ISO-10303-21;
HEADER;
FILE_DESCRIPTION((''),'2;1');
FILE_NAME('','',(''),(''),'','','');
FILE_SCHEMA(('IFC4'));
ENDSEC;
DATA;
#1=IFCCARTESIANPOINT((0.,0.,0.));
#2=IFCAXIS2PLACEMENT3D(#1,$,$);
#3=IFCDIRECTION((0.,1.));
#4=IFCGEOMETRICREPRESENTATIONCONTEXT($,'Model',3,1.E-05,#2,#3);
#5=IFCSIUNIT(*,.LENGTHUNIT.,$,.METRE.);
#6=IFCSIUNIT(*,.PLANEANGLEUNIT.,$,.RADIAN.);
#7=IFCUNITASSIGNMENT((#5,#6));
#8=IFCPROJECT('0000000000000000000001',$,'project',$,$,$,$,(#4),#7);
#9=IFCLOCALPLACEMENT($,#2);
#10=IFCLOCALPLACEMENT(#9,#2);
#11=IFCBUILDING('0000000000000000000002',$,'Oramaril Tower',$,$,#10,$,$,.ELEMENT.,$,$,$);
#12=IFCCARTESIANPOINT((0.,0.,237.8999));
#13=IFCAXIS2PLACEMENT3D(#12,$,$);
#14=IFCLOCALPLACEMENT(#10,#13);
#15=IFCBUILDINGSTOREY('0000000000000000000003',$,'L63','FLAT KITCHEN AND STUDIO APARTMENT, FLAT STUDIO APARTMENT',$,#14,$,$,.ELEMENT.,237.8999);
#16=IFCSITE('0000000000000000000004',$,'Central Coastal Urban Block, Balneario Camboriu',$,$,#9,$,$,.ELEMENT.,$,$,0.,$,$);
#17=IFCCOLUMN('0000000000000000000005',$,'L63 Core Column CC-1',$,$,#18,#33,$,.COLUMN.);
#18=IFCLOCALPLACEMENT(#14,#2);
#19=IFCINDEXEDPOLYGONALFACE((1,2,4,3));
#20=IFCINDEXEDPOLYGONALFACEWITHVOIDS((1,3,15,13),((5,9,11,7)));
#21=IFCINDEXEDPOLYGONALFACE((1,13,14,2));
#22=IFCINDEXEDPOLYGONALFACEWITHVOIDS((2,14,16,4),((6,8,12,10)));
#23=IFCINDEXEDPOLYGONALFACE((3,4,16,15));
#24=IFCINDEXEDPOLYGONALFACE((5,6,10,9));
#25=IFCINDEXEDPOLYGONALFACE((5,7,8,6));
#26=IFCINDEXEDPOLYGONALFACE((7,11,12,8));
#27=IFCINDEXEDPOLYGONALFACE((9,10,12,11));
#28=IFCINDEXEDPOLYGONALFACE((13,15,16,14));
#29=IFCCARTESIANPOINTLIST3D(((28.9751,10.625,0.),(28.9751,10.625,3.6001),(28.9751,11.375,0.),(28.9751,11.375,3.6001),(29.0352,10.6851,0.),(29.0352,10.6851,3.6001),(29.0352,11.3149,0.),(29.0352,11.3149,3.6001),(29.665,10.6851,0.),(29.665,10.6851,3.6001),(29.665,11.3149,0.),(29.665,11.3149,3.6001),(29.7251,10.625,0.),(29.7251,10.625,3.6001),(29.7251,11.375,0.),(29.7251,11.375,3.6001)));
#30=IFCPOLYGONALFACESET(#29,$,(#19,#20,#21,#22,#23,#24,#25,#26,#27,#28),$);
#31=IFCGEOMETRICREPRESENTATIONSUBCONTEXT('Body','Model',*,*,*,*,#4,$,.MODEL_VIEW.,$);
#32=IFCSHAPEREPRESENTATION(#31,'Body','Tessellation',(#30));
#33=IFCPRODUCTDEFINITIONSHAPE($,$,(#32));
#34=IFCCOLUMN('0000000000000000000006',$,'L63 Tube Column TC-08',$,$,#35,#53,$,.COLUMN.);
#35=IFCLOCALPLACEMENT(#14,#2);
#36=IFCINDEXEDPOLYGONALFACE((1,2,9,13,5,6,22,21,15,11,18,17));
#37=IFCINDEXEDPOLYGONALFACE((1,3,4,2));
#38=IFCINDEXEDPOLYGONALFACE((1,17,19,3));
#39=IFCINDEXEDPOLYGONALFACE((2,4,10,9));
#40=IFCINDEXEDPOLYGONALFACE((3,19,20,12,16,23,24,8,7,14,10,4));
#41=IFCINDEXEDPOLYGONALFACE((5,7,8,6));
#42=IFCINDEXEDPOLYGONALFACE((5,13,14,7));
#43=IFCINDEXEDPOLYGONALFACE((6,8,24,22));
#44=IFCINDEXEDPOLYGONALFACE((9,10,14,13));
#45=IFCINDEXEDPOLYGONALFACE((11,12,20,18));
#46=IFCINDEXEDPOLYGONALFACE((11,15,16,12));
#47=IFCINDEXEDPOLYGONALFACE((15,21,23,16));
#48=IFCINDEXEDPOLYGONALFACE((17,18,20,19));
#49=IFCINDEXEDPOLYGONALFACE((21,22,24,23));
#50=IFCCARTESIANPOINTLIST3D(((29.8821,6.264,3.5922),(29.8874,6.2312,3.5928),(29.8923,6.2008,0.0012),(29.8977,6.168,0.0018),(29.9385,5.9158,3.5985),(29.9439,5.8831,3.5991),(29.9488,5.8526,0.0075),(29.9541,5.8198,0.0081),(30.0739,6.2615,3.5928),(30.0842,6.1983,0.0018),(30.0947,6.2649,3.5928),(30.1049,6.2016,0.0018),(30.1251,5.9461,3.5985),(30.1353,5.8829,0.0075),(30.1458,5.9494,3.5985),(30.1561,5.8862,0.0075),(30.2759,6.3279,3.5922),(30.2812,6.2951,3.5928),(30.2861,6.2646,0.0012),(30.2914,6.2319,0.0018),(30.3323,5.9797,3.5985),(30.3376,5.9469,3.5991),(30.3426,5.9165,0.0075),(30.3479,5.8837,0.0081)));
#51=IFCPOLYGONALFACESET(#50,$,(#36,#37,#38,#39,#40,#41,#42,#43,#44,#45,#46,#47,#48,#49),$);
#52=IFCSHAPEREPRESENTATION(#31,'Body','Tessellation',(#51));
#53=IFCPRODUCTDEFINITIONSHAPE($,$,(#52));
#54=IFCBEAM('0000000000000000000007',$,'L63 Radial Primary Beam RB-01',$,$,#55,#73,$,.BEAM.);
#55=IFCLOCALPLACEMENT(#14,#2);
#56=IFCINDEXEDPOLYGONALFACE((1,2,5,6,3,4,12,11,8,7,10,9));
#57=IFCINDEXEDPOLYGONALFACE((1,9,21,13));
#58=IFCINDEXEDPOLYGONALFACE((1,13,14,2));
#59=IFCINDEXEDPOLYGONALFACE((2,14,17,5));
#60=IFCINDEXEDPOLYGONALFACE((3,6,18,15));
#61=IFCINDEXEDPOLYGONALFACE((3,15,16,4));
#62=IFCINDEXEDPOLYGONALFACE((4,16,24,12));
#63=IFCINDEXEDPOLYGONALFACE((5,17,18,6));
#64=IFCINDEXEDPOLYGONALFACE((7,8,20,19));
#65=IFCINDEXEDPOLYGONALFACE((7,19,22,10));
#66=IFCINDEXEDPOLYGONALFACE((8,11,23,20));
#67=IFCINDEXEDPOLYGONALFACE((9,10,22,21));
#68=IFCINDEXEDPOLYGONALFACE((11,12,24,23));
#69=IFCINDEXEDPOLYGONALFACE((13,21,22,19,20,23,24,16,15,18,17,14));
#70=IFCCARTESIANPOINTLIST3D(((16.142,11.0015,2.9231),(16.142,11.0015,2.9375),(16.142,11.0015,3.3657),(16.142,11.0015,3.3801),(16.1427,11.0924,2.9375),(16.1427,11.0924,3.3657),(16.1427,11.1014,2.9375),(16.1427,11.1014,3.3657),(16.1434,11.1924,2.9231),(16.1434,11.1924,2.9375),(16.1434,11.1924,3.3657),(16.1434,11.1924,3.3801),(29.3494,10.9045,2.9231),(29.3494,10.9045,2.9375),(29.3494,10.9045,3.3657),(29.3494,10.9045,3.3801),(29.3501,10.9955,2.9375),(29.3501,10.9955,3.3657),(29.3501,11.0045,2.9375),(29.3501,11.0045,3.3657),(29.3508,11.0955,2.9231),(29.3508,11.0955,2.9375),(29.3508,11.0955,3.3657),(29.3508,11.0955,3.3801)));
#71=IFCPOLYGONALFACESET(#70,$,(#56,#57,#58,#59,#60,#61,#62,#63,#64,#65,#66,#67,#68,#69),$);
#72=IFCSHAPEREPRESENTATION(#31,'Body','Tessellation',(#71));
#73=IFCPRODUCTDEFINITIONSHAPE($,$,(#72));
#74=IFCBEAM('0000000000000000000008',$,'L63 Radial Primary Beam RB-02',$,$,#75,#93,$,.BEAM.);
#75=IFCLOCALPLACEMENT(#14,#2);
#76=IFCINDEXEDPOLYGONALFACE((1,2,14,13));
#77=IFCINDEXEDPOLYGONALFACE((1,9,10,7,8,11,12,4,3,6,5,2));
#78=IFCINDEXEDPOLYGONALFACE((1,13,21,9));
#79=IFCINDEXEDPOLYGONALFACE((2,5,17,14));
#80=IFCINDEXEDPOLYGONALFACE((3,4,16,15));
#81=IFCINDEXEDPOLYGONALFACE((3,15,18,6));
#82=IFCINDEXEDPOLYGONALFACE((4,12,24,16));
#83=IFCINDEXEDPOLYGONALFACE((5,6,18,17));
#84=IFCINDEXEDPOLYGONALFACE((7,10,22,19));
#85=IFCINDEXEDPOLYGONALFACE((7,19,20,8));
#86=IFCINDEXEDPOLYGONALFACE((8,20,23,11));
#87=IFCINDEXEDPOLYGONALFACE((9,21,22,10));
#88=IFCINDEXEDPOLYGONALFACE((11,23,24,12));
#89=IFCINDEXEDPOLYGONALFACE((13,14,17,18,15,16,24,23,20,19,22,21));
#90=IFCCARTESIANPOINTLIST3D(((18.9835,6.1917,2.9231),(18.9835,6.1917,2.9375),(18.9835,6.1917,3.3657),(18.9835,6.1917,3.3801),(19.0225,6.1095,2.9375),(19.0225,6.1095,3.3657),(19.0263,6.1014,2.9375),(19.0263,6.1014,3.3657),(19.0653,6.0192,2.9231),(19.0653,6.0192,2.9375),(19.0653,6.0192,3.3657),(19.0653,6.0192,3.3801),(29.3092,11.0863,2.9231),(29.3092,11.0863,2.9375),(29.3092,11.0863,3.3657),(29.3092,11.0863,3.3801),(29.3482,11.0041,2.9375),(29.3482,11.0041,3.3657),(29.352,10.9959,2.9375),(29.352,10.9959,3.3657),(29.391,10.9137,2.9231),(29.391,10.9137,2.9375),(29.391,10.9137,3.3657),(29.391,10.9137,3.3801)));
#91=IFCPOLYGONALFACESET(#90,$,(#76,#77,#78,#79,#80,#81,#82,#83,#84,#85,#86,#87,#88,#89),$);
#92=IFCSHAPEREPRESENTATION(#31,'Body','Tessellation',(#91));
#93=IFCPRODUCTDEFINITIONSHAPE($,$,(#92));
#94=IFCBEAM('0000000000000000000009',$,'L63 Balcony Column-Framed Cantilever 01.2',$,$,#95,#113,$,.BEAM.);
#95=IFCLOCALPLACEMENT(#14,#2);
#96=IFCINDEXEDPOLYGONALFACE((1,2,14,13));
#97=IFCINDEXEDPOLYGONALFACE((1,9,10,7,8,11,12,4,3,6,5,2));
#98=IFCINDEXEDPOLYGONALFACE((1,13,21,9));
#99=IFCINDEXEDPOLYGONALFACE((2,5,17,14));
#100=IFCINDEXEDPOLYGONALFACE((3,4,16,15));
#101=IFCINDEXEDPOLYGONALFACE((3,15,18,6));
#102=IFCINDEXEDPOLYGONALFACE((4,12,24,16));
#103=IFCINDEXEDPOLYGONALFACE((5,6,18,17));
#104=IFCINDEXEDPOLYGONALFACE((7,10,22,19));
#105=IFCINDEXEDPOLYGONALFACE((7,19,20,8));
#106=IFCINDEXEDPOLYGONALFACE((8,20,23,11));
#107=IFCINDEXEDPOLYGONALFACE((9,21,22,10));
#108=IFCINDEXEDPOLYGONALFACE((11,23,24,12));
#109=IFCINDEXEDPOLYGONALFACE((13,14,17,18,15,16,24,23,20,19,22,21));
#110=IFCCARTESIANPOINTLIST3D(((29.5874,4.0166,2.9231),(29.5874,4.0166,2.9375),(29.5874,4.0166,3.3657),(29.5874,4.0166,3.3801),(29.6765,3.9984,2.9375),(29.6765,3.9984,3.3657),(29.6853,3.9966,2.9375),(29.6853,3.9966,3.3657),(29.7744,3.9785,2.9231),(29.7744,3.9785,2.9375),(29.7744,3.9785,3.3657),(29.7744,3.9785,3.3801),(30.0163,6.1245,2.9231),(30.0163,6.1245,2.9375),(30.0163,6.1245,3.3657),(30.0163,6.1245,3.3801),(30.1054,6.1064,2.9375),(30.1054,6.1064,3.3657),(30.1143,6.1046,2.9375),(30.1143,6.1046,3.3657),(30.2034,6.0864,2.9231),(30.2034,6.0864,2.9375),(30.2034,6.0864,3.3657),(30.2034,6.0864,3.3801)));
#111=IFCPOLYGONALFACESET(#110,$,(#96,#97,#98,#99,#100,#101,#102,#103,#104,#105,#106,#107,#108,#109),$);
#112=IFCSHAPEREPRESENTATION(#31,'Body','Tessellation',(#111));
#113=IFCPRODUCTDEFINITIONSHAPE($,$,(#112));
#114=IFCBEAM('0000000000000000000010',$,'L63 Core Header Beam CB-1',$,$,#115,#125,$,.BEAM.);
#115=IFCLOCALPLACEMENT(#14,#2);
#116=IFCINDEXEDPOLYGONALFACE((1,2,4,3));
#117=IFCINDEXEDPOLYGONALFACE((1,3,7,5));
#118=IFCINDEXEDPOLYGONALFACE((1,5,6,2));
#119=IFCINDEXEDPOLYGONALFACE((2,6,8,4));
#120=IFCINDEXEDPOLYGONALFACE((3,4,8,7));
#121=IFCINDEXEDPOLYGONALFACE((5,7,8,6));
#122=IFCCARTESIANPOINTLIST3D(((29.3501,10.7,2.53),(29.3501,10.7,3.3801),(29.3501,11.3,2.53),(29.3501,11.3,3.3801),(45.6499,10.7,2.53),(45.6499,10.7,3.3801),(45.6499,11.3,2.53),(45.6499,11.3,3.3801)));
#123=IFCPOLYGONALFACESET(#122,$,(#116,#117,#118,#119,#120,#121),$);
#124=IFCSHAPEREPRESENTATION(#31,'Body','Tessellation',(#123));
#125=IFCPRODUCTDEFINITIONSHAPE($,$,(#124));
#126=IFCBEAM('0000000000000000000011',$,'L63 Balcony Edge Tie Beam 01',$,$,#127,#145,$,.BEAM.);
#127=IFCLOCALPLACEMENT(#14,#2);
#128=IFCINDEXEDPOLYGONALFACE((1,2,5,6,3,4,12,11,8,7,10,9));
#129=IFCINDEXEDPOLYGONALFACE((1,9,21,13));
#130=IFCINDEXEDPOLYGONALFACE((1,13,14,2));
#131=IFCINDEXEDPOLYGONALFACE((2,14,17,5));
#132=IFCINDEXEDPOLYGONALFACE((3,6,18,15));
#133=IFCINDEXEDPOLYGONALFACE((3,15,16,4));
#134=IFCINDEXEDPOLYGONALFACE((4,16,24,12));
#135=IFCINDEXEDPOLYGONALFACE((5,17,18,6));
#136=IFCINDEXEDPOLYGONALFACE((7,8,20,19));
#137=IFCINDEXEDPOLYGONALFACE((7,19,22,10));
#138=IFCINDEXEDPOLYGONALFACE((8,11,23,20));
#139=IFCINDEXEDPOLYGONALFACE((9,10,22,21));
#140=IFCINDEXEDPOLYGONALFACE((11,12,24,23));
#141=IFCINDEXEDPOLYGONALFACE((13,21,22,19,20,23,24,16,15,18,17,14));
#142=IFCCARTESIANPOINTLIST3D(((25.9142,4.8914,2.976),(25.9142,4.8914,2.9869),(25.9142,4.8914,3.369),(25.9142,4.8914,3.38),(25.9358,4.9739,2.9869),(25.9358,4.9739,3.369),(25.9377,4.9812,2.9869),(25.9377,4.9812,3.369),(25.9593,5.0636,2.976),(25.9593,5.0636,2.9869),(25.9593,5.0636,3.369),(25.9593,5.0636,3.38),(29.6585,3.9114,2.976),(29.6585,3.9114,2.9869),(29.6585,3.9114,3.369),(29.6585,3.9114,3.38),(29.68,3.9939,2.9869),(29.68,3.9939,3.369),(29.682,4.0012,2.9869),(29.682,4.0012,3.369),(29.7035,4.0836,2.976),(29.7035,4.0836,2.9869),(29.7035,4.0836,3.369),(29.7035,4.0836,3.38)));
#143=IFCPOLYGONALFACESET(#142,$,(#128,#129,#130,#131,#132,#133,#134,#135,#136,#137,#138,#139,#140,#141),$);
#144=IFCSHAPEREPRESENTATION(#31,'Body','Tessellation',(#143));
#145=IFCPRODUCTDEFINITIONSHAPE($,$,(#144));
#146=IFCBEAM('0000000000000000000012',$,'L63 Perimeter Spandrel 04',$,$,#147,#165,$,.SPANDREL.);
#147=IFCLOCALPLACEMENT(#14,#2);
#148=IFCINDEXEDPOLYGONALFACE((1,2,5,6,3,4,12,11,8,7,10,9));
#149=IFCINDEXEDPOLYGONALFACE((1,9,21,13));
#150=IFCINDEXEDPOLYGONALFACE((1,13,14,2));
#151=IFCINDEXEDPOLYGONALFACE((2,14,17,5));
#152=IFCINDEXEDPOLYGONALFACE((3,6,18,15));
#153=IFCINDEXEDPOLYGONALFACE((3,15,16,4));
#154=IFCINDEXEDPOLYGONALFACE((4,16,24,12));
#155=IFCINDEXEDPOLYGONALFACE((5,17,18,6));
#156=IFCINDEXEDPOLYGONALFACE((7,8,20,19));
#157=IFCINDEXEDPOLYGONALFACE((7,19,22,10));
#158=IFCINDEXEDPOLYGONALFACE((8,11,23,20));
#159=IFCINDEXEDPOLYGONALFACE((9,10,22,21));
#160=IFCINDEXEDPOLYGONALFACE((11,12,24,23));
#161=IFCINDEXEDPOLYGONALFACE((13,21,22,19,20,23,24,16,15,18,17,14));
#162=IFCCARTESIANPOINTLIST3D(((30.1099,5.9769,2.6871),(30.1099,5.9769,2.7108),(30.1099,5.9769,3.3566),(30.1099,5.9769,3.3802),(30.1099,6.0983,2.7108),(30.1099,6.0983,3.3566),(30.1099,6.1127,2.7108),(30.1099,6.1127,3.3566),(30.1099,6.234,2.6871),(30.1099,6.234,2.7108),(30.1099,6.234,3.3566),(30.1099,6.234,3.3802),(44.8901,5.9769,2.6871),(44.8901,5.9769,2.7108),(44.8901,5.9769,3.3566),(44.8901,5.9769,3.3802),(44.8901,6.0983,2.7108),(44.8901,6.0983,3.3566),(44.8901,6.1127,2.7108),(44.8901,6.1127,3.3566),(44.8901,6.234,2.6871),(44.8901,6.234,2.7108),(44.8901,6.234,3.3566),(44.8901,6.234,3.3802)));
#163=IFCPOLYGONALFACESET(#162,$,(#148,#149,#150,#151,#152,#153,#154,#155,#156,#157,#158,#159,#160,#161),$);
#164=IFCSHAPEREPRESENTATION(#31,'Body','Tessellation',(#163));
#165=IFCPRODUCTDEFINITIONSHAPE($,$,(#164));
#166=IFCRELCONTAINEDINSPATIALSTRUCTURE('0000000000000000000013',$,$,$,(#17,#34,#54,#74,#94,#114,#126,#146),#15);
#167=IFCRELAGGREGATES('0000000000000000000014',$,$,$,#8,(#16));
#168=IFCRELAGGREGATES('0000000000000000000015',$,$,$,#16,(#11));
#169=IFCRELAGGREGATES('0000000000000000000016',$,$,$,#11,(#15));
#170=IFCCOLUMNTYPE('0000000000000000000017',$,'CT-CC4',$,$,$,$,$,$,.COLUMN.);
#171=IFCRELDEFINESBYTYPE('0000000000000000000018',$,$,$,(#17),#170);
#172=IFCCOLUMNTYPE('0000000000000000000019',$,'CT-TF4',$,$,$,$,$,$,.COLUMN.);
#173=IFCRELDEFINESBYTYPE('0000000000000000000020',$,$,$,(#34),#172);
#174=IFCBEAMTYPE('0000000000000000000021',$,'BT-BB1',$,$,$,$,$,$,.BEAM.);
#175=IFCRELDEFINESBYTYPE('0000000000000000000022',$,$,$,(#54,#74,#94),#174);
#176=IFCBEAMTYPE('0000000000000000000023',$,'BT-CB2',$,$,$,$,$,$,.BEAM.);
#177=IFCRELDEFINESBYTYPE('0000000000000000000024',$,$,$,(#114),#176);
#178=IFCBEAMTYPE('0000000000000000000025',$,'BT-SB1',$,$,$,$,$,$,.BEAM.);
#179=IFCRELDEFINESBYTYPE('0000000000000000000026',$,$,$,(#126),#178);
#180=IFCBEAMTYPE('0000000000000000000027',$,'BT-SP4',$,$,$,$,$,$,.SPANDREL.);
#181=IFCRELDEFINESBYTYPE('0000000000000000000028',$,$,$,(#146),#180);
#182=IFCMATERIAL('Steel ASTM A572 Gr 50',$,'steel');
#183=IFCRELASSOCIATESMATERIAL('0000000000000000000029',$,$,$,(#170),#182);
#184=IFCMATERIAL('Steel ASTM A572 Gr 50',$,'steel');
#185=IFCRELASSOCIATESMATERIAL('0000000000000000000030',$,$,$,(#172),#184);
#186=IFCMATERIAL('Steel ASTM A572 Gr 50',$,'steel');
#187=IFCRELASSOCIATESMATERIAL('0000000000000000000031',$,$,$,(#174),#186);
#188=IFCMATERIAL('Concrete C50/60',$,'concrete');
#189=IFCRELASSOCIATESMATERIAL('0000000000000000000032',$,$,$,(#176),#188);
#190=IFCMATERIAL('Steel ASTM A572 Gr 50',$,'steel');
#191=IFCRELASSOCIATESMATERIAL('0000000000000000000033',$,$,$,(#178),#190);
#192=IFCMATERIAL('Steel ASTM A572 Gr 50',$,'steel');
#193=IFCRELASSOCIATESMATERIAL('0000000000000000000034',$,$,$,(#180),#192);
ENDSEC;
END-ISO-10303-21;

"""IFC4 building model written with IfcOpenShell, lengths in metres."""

from ifc_helpers import new_model, si_unit, direction, frame, origin, origin_2d, place, context, subcontext, project, spatial, rectangle, hollow_rectangle, i_section, extrude, material, material_profile, profile_set, type_object, element, save


model = new_model("IFC4")

# Units and contexts
model_context = context("Model", 3, precision=1e-05, world=origin(), true_north=direction((0.0, 1.0)))
body_context = subcontext(model_context, "Body", "Model", "MODEL_VIEW")
ifc_project = project(units=[si_unit("LENGTHUNIT", "METRE"), si_unit("PLANEANGLEUNIT", "RADIAN")], contexts=[model_context])

# Site, building, storey
site_placement = place(None, origin())
site = spatial("IfcSite", under=ifc_project, at=site_placement, Name="Central Coastal Urban Block, Balneario Camboriu", CompositionType="ELEMENT", RefElevation=0.0)
building_placement = place(site_placement, origin())
building = spatial("IfcBuilding", under=site, at=building_placement, Name="Oramaril Tower", CompositionType="ELEMENT")
storey_placement = place(building_placement, frame((0.0, 0.0, 237.8999)))
storey = spatial("IfcBuildingStorey", under=building, at=storey_placement, Name="L63", Description="FLAT KITCHEN AND STUDIO APARTMENT, FLAT STUDIO APARTMENT", CompositionType="ELEMENT", Elevation=237.8999)

# Columns
ifc_material_1 = material(Name="Steel ASTM A572 Gr 50", Category="steel")
ifc_material_profile_1 = material_profile(ifc_material_1, hollow_rectangle(XDim=0.75, YDim=0.75, WallThickness=0.0601, at=origin_2d()), Name="BOX750X750X60")
ifc_profile_set_1 = profile_set([ifc_material_profile_1], Name="Steel ASTM A572 Gr 50")
column_type_1 = type_object("IfcColumnType", Name="CT-CC4", PredefinedType="COLUMN", material=ifc_profile_set_1)
column_1_placement = place(storey_placement, frame((29.3501, 11.0, 0.0), z_axis=(0.0, 0.0, 1.0), x_axis=(1.0, 0.0, 0.0)))
element("IfcColumn", 1, at=column_1_placement, inside=storey, type_object=column_type_1, Name="L63 Core Column CC-1", PredefinedType="COLUMN", context=body_context, shape_type="SweptSolid", body=[
    extrude(hollow_rectangle(XDim=0.75, YDim=0.75, WallThickness=0.0601, at=origin_2d()), origin(), (0.0, 0.0, 1.0), 3.6001),
])
ifc_material_2 = material(Name="Steel ASTM A572 Gr 50", Category="steel")
ifc_material_profile_2 = material_profile(ifc_material_2, i_section(OverallWidth=0.3989, OverallDepth=0.386, WebThickness=0.021, FlangeThickness=0.0332, at=origin_2d()), Name="W14X176")
ifc_profile_set_2 = profile_set([ifc_material_profile_2], Name="Steel ASTM A572 Gr 50")
column_type_2 = type_object("IfcColumnType", Name="CT-TF4", PredefinedType="COLUMN", material=ifc_profile_set_2)
column_2_placement = place(storey_placement, frame((30.1201, 6.0422, 0.0046), z_axis=(-0.002855, 0.017605, 0.999841), x_axis=(-0.987105, -0.160071, 0.0)))
element("IfcColumn", 2, at=column_2_placement, inside=storey, type_object=column_type_2, Name="L63 Tube Column TC-08", PredefinedType="COLUMN", context=body_context, shape_type="SweptSolid", body=[
    extrude(i_section(OverallWidth=0.3989, OverallDepth=0.386, WebThickness=0.021, FlangeThickness=0.0332, at=origin_2d()), origin(), (0.0, 0.0, 1.0), 3.5916),
])

# Beams
ifc_material_3 = material(Name="Steel ASTM A572 Gr 50", Category="steel")
ifc_material_profile_3 = material_profile(ifc_material_3, i_section(OverallWidth=0.1909, OverallDepth=0.457, WebThickness=0.009, FlangeThickness=0.0144, at=origin_2d()), Name="W18X50")
ifc_profile_set_3 = profile_set([ifc_material_profile_3], Name="Steel ASTM A572 Gr 50")
beam_type_1 = type_object("IfcBeamType", Name="BT-BB1", PredefinedType="BEAM", material=ifc_profile_set_3)
beam_1_placement = place(storey_placement, frame((29.3501, 11.0, 3.1516), z_axis=(-0.999973, 0.007338, 0.0), x_axis=(-0.007338, -0.999973, 0.0)))
element("IfcBeam", 3, at=beam_1_placement, inside=storey, type_object=beam_type_1, Name="L63 Radial Primary Beam RB-01", PredefinedType="BEAM", context=body_context, shape_type="SweptSolid", body=[
    extrude(i_section(OverallWidth=0.1909, OverallDepth=0.457, WebThickness=0.009, FlangeThickness=0.0144, at=origin_2d()), origin(), (0.0, 0.0, 1.0), 13.2078),
])
beam_2_placement = place(storey_placement, frame((29.3501, 11.0, 3.1516), z_axis=(-0.903622, -0.428331, 0.0), x_axis=(0.428331, -0.903622, 0.0)))
element("IfcBeam", 4, at=beam_2_placement, inside=storey, type_object=beam_type_1, Name="L63 Radial Primary Beam RB-02", PredefinedType="BEAM", context=body_context, shape_type="SweptSolid", body=[
    extrude(i_section(OverallWidth=0.1909, OverallDepth=0.457, WebThickness=0.009, FlangeThickness=0.0144, at=origin_2d()), origin(), (0.0, 0.0, 1.0), 11.427),
])
beam_3_placement = place(storey_placement, frame((30.1099, 6.1055, 3.1516), z_axis=(-0.199411, -0.979916, 0.0), x_axis=(0.979916, -0.199411, 0.0)))
element("IfcBeam", 5, at=beam_3_placement, inside=storey, type_object=beam_type_1, Name="L63 Balcony Column-Framed Cantilever 01.2", PredefinedType="BEAM", context=body_context, shape_type="SweptSolid", body=[
    extrude(i_section(OverallWidth=0.1909, OverallDepth=0.457, WebThickness=0.009, FlangeThickness=0.0144, at=origin_2d()), origin(), (0.0, 0.0, 1.0), 2.1511),
])
ifc_material_4 = material(Name="Concrete C50/60", Category="concrete")
ifc_material_profile_4 = material_profile(ifc_material_4, rectangle(XDim=0.6001, YDim=0.8501, at=origin_2d()), Name="CB600X850")
ifc_profile_set_4 = profile_set([ifc_material_profile_4], Name="Concrete C50/60")
beam_type_2 = type_object("IfcBeamType", Name="BT-CB2", PredefinedType="BEAM", material=ifc_profile_set_4)
beam_4_placement = place(storey_placement, frame((29.3501, 11.0, 2.9551), z_axis=(1.0, 0.0, 0.0), x_axis=(0.0, 1.0, 0.0)))
element("IfcBeam", 6, at=beam_4_placement, inside=storey, type_object=beam_type_2, Name="L63 Core Header Beam CB-1", PredefinedType="BEAM", context=body_context, shape_type="SweptSolid", body=[
    extrude(rectangle(XDim=0.6001, YDim=0.8501, at=origin_2d()), origin(), (0.0, 0.0, 1.0), 16.2998),
])
ifc_material_5 = material(Name="Steel ASTM A572 Gr 50", Category="steel")
ifc_material_profile_5 = material_profile(ifc_material_5, i_section(OverallWidth=0.178, OverallDepth=0.4041, WebThickness=0.0076, FlangeThickness=0.011, at=origin_2d()), Name="W16X36")
ifc_profile_set_5 = profile_set([ifc_material_profile_5], Name="Steel ASTM A572 Gr 50")
beam_type_3 = type_object("IfcBeamType", Name="BT-SB1", PredefinedType="BEAM", material=ifc_profile_set_5)
beam_5_placement = place(storey_placement, frame((25.9368, 4.9775, 3.178), z_axis=(0.967412, -0.253208, 0.0), x_axis=(0.253208, 0.967412, 0.0)))
element("IfcBeam", 7, at=beam_5_placement, inside=storey, type_object=beam_type_3, Name="L63 Balcony Edge Tie Beam 01", PredefinedType="BEAM", context=body_context, shape_type="SweptSolid", body=[
    extrude(i_section(OverallWidth=0.178, OverallDepth=0.4041, WebThickness=0.0076, FlangeThickness=0.011, at=origin_2d()), origin(), (0.0, 0.0, 1.0), 3.8704),
])
ifc_material_6 = material(Name="Steel ASTM A572 Gr 50", Category="steel")
ifc_material_profile_6 = material_profile(ifc_material_6, i_section(OverallWidth=0.2571, OverallDepth=0.6931, WebThickness=0.0144, FlangeThickness=0.0237, at=origin_2d()), Name="W27X114")
ifc_profile_set_6 = profile_set([ifc_material_profile_6], Name="Steel ASTM A572 Gr 50")
beam_type_4 = type_object("IfcBeamType", Name="BT-SP4", PredefinedType="SPANDREL", material=ifc_profile_set_6)
beam_6_placement = place(storey_placement, frame((30.1099, 6.1055, 3.0337), z_axis=(1.0, 0.0, 0.0), x_axis=(0.0, 1.0, 0.0)))
element("IfcBeam", 8, at=beam_6_placement, inside=storey, type_object=beam_type_4, Name="L63 Perimeter Spandrel 04", PredefinedType="SPANDREL", context=body_context, shape_type="SweptSolid", body=[
    extrude(i_section(OverallWidth=0.2571, OverallDepth=0.6931, WebThickness=0.0144, FlangeThickness=0.0237, at=origin_2d()), origin(), (0.0, 0.0, 1.0), 14.7803),
])

save(model, "model.ifc")
